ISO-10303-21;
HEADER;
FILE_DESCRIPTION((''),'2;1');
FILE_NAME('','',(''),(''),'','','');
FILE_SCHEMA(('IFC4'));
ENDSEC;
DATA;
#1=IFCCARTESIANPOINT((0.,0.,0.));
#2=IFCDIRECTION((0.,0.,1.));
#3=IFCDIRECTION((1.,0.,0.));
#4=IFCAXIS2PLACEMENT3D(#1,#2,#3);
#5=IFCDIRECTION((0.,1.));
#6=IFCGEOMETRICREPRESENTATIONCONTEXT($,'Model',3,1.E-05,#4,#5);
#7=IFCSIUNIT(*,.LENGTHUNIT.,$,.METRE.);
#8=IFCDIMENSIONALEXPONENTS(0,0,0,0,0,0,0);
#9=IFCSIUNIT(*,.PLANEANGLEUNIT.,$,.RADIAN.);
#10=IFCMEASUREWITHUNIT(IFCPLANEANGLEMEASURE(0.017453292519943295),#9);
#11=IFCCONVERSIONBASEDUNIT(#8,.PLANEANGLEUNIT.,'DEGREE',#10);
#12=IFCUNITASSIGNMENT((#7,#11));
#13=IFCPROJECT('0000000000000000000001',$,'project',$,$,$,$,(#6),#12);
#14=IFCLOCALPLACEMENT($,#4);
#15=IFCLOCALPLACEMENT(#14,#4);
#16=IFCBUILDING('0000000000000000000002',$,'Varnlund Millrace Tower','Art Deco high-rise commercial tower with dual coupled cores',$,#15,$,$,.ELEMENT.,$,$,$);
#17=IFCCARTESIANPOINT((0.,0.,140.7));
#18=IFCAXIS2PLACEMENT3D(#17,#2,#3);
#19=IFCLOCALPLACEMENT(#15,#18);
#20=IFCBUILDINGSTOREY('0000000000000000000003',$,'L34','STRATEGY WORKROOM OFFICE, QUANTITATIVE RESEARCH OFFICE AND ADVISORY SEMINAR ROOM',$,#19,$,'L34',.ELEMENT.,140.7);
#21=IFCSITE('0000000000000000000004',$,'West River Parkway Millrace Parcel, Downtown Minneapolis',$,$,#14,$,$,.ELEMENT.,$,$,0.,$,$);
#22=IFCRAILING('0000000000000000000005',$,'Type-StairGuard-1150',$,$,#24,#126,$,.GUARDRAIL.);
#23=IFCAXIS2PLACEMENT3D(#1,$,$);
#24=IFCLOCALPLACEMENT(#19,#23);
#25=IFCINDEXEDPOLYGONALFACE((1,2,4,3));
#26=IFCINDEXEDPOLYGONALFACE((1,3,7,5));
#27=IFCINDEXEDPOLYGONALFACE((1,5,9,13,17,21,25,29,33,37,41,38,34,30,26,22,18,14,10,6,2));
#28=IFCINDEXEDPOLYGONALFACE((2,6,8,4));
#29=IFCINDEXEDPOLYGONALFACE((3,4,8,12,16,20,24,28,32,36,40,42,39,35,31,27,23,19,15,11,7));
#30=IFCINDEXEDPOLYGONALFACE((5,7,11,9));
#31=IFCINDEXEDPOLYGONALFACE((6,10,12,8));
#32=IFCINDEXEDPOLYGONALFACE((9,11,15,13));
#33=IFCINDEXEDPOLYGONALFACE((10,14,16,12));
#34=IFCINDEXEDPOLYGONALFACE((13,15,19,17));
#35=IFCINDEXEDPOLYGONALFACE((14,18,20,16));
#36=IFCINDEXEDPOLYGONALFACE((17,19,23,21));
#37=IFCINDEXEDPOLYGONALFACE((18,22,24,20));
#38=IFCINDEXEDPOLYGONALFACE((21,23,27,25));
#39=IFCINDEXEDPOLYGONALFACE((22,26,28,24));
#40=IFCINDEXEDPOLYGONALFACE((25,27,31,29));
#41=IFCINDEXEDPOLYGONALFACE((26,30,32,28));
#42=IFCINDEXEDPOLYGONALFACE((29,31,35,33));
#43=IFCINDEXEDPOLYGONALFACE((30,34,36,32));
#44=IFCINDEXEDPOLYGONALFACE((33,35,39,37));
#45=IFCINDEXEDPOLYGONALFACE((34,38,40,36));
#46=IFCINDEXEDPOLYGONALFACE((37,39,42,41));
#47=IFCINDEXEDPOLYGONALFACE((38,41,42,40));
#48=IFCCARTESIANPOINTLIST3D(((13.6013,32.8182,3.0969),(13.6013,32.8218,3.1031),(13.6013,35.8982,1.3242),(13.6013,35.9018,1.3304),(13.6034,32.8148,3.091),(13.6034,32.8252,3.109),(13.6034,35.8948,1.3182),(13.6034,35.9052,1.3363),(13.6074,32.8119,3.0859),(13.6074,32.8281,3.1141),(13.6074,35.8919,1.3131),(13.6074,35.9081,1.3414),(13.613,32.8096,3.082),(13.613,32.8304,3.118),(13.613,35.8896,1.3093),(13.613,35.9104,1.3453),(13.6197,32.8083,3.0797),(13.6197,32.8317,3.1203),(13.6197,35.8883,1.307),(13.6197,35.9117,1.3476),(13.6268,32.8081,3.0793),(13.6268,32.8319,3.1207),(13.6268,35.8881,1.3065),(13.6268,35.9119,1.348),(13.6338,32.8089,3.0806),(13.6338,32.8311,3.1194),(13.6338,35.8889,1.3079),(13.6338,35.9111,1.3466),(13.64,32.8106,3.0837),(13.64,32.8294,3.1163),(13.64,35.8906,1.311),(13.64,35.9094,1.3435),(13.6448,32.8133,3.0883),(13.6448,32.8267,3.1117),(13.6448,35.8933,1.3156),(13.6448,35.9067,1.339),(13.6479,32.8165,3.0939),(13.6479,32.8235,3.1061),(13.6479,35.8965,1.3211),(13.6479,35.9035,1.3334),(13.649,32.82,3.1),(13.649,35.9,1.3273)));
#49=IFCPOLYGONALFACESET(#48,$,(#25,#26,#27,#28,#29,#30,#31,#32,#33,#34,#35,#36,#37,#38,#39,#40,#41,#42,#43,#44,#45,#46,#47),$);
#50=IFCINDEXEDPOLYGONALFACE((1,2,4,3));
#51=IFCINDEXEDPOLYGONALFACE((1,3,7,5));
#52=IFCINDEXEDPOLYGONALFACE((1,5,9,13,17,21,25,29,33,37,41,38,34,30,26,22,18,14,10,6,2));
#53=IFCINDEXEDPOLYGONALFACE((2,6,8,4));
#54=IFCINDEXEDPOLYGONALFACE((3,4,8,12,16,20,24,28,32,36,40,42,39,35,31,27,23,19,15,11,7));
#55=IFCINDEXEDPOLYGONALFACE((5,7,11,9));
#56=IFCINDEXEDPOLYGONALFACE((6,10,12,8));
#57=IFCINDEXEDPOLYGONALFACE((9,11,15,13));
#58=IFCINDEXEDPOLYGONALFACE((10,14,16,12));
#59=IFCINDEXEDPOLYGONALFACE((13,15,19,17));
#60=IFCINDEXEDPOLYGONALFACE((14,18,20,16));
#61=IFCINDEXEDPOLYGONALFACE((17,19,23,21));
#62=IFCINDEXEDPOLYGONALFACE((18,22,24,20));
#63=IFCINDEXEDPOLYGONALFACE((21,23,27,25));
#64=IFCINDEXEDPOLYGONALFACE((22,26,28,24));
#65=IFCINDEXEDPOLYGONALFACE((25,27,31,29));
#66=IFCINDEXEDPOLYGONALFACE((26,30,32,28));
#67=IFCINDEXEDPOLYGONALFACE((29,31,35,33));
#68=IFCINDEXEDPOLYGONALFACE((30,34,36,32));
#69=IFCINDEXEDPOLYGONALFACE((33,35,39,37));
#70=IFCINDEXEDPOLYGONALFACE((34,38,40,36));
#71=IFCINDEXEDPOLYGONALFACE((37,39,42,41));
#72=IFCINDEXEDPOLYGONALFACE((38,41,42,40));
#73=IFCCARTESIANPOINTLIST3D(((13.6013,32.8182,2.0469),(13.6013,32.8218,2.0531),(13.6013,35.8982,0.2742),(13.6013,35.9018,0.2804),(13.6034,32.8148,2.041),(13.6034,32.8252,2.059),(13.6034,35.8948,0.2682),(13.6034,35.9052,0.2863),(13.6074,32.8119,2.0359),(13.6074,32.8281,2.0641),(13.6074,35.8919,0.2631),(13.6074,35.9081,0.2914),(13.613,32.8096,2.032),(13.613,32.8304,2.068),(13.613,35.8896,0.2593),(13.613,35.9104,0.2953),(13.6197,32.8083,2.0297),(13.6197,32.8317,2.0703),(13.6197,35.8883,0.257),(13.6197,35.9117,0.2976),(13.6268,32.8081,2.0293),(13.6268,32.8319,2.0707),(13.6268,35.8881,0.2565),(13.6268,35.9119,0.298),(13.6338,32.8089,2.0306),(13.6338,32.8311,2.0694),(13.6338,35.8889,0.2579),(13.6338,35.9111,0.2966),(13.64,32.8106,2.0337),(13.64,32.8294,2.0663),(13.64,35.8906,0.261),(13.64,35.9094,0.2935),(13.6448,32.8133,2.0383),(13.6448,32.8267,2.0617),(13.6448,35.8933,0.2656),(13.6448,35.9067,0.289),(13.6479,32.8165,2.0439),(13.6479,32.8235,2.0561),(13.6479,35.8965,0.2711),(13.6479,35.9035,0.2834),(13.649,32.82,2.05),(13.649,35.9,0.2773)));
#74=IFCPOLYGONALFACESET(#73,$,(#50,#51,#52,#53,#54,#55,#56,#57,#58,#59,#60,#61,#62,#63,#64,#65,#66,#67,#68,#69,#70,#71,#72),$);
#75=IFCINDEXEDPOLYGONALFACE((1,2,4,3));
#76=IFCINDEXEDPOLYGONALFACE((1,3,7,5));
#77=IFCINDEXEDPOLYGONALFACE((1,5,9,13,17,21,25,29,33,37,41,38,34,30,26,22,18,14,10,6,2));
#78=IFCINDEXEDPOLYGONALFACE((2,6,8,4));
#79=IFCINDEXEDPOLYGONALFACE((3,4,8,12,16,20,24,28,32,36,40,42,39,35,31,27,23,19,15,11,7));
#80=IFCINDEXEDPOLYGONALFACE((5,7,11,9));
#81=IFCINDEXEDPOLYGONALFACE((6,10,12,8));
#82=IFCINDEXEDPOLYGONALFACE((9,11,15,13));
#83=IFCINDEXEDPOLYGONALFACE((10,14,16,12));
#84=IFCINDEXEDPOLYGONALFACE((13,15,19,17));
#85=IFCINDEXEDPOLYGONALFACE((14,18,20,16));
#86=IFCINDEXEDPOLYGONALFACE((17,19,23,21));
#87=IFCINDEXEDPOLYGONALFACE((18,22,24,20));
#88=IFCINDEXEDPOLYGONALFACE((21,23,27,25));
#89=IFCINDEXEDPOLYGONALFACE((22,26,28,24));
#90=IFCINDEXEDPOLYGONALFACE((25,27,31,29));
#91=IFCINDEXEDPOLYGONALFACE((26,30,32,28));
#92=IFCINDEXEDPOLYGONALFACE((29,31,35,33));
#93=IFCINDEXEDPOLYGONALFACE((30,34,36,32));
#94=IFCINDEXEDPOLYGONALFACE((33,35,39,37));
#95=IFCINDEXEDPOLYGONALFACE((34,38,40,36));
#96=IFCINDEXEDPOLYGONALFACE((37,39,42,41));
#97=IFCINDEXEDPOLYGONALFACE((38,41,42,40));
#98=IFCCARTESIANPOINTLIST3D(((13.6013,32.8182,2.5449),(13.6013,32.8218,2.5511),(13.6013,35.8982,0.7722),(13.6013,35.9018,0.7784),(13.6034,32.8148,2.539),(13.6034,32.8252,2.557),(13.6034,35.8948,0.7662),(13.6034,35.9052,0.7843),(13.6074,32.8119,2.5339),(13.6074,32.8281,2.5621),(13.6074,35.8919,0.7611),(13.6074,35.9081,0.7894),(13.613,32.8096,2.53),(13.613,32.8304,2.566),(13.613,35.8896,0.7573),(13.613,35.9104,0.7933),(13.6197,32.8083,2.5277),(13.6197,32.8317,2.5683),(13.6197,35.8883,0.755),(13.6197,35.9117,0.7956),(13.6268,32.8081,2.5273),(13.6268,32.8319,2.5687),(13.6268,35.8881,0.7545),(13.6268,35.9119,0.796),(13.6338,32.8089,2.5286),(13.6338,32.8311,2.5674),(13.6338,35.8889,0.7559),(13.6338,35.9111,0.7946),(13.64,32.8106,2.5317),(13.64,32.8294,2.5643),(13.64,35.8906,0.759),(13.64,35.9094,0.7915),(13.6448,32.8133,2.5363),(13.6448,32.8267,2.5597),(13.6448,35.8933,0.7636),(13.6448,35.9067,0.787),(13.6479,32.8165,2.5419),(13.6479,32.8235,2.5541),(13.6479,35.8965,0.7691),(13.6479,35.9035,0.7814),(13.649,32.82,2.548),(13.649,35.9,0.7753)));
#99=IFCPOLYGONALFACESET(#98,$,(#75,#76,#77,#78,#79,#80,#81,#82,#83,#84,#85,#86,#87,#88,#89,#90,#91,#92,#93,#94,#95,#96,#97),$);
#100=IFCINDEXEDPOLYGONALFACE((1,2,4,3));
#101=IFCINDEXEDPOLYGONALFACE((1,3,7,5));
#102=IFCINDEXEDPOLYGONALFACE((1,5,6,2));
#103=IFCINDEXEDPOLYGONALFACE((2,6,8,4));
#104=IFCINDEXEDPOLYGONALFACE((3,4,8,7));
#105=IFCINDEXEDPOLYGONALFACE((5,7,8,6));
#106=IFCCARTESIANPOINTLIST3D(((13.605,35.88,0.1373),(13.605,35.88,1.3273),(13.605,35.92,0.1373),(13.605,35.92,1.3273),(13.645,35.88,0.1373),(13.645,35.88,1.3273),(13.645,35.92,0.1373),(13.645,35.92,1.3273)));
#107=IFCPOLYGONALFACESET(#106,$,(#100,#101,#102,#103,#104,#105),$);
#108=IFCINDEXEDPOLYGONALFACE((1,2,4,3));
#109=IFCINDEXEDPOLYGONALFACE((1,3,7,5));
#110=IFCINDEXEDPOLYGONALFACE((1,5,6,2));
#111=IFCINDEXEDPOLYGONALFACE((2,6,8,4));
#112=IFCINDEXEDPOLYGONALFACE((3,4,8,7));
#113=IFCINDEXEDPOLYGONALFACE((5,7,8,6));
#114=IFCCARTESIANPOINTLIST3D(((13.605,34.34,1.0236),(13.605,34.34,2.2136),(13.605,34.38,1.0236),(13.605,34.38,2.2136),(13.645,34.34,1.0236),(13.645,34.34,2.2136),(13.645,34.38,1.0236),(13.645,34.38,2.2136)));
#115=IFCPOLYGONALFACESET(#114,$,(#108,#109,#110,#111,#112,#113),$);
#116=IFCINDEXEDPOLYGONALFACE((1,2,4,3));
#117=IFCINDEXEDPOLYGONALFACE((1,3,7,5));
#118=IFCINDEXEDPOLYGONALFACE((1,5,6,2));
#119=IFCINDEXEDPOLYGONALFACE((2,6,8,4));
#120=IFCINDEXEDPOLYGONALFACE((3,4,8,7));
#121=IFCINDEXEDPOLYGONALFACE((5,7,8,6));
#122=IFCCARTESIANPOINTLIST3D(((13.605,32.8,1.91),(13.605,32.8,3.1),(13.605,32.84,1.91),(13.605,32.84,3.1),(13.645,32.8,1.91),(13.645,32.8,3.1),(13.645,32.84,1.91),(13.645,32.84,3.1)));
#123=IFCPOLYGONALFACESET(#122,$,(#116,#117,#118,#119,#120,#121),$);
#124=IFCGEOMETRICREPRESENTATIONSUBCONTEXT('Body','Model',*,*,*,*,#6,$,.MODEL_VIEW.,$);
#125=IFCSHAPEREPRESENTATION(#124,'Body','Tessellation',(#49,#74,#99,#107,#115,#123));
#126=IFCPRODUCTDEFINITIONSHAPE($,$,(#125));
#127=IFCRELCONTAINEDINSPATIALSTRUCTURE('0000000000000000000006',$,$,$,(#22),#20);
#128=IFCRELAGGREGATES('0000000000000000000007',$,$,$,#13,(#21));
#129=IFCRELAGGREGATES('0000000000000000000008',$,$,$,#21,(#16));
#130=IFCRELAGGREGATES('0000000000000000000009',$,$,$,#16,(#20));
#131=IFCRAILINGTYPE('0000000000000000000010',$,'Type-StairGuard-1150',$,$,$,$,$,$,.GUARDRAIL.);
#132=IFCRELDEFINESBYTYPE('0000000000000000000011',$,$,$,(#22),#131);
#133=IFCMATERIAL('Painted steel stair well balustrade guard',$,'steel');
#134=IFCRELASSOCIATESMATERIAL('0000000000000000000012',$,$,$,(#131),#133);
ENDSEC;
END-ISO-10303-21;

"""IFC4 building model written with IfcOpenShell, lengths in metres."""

from ifc_helpers import new_model, entity, si_unit, converted_unit, direction, frame, origin_with_axes, origin_2d_with_axis, place, context, subcontext, project, spatial, rectangle, circle, extrude, material, type_object, element, save


model = new_model("IFC4")

# Units and contexts
model_context = context("Model", 3, precision=1e-05, world=origin_with_axes(), true_north=direction((0.0, 1.0)))
body_context = subcontext(model_context, "Body", "Model", "MODEL_VIEW")
ifc_project = project(units=[si_unit("LENGTHUNIT", "METRE"), converted_unit("PLANEANGLEUNIT", "DEGREE", entity("IfcPlaneAngleMeasure", 0.017453292519943295), si_unit("PLANEANGLEUNIT", "RADIAN"), dimensions=[0, 0, 0, 0, 0, 0, 0])], contexts=[model_context])

# Site, building, storey
site_placement = place(None, origin_with_axes())
site = spatial("IfcSite", under=ifc_project, at=site_placement, Name="West River Parkway Millrace Parcel, Downtown Minneapolis", CompositionType="ELEMENT", RefElevation=0.0)
building_placement = place(site_placement, origin_with_axes())
building = spatial("IfcBuilding", under=site, at=building_placement, Name="Varnlund Millrace Tower", Description="Art Deco high-rise commercial tower with dual coupled cores", CompositionType="ELEMENT")
storey_placement = place(building_placement, frame((0.0, 0.0, 140.7), z_axis=(0.0, 0.0, 1.0), x_axis=(1.0, 0.0, 0.0)))
storey = spatial("IfcBuildingStorey", under=building, at=storey_placement, Name="L34", Description="STRATEGY WORKROOM OFFICE, QUANTITATIVE RESEARCH OFFICE AND ADVISORY SEMINAR ROOM", LongName="L34", CompositionType="ELEMENT", Elevation=140.7)

# Railing
ifc_material_1 = material(Name="Painted steel stair well balustrade guard", Category="steel")
railing_type_1 = type_object("IfcRailingType", Name="Type-StairGuard-1150", PredefinedType="GUARDRAIL", material=ifc_material_1)
railing_1_placement = place(storey_placement, frame((0.0, 0.0, -140.7), z_axis=(0.0, 0.0, 1.0), x_axis=(1.0, 0.0, 0.0)))
element("IfcRailing", 1, at=railing_1_placement, inside=storey, type_object=railing_type_1, Name="Type-StairGuard-1150", PredefinedType="GUARDRAIL", context=body_context, shape_type="SweptSolid", body=[
    extrude(circle(Radius=0.024, at=origin_2d_with_axis()), frame((13.625, 35.9, 142.0273), z_axis=(0.0, -0.866696, 0.498836), x_axis=(1.0, 0.0, 0.0)), (0.0, 0.0, 1.0), 3.5537),
    extrude(circle(Radius=0.024, at=origin_2d_with_axis()), frame((13.625, 35.9, 140.9773), z_axis=(0.0, -0.866696, 0.498836), x_axis=(1.0, 0.0, 0.0)), (0.0, 0.0, 1.0), 3.5537),
    extrude(circle(Radius=0.024, at=origin_2d_with_axis()), frame((13.625, 35.9, 141.4753), z_axis=(0.0, -0.866696, 0.498836), x_axis=(1.0, 0.0, 0.0)), (0.0, 0.0, 1.0), 3.5537),
    extrude(rectangle(XDim=0.04, YDim=0.04, at=origin_2d_with_axis()), frame((13.625, 35.9, 140.8373), z_axis=(0.0, 0.0, 1.0), x_axis=(1.0, 0.0, 0.0)), (0.0, 0.0, 1.0), 1.19),
    extrude(rectangle(XDim=0.04, YDim=0.04, at=origin_2d_with_axis()), frame((13.625, 34.36, 141.7236), z_axis=(0.0, 0.0, 1.0), x_axis=(1.0, 0.0, 0.0)), (0.0, 0.0, 1.0), 1.19),
    extrude(rectangle(XDim=0.04, YDim=0.04, at=origin_2d_with_axis()), frame((13.625, 32.82, 142.61), z_axis=(0.0, 0.0, 1.0), x_axis=(1.0, 0.0, 0.0)), (0.0, 0.0, 1.0), 1.19),
])

save(model, "model.ifc")
